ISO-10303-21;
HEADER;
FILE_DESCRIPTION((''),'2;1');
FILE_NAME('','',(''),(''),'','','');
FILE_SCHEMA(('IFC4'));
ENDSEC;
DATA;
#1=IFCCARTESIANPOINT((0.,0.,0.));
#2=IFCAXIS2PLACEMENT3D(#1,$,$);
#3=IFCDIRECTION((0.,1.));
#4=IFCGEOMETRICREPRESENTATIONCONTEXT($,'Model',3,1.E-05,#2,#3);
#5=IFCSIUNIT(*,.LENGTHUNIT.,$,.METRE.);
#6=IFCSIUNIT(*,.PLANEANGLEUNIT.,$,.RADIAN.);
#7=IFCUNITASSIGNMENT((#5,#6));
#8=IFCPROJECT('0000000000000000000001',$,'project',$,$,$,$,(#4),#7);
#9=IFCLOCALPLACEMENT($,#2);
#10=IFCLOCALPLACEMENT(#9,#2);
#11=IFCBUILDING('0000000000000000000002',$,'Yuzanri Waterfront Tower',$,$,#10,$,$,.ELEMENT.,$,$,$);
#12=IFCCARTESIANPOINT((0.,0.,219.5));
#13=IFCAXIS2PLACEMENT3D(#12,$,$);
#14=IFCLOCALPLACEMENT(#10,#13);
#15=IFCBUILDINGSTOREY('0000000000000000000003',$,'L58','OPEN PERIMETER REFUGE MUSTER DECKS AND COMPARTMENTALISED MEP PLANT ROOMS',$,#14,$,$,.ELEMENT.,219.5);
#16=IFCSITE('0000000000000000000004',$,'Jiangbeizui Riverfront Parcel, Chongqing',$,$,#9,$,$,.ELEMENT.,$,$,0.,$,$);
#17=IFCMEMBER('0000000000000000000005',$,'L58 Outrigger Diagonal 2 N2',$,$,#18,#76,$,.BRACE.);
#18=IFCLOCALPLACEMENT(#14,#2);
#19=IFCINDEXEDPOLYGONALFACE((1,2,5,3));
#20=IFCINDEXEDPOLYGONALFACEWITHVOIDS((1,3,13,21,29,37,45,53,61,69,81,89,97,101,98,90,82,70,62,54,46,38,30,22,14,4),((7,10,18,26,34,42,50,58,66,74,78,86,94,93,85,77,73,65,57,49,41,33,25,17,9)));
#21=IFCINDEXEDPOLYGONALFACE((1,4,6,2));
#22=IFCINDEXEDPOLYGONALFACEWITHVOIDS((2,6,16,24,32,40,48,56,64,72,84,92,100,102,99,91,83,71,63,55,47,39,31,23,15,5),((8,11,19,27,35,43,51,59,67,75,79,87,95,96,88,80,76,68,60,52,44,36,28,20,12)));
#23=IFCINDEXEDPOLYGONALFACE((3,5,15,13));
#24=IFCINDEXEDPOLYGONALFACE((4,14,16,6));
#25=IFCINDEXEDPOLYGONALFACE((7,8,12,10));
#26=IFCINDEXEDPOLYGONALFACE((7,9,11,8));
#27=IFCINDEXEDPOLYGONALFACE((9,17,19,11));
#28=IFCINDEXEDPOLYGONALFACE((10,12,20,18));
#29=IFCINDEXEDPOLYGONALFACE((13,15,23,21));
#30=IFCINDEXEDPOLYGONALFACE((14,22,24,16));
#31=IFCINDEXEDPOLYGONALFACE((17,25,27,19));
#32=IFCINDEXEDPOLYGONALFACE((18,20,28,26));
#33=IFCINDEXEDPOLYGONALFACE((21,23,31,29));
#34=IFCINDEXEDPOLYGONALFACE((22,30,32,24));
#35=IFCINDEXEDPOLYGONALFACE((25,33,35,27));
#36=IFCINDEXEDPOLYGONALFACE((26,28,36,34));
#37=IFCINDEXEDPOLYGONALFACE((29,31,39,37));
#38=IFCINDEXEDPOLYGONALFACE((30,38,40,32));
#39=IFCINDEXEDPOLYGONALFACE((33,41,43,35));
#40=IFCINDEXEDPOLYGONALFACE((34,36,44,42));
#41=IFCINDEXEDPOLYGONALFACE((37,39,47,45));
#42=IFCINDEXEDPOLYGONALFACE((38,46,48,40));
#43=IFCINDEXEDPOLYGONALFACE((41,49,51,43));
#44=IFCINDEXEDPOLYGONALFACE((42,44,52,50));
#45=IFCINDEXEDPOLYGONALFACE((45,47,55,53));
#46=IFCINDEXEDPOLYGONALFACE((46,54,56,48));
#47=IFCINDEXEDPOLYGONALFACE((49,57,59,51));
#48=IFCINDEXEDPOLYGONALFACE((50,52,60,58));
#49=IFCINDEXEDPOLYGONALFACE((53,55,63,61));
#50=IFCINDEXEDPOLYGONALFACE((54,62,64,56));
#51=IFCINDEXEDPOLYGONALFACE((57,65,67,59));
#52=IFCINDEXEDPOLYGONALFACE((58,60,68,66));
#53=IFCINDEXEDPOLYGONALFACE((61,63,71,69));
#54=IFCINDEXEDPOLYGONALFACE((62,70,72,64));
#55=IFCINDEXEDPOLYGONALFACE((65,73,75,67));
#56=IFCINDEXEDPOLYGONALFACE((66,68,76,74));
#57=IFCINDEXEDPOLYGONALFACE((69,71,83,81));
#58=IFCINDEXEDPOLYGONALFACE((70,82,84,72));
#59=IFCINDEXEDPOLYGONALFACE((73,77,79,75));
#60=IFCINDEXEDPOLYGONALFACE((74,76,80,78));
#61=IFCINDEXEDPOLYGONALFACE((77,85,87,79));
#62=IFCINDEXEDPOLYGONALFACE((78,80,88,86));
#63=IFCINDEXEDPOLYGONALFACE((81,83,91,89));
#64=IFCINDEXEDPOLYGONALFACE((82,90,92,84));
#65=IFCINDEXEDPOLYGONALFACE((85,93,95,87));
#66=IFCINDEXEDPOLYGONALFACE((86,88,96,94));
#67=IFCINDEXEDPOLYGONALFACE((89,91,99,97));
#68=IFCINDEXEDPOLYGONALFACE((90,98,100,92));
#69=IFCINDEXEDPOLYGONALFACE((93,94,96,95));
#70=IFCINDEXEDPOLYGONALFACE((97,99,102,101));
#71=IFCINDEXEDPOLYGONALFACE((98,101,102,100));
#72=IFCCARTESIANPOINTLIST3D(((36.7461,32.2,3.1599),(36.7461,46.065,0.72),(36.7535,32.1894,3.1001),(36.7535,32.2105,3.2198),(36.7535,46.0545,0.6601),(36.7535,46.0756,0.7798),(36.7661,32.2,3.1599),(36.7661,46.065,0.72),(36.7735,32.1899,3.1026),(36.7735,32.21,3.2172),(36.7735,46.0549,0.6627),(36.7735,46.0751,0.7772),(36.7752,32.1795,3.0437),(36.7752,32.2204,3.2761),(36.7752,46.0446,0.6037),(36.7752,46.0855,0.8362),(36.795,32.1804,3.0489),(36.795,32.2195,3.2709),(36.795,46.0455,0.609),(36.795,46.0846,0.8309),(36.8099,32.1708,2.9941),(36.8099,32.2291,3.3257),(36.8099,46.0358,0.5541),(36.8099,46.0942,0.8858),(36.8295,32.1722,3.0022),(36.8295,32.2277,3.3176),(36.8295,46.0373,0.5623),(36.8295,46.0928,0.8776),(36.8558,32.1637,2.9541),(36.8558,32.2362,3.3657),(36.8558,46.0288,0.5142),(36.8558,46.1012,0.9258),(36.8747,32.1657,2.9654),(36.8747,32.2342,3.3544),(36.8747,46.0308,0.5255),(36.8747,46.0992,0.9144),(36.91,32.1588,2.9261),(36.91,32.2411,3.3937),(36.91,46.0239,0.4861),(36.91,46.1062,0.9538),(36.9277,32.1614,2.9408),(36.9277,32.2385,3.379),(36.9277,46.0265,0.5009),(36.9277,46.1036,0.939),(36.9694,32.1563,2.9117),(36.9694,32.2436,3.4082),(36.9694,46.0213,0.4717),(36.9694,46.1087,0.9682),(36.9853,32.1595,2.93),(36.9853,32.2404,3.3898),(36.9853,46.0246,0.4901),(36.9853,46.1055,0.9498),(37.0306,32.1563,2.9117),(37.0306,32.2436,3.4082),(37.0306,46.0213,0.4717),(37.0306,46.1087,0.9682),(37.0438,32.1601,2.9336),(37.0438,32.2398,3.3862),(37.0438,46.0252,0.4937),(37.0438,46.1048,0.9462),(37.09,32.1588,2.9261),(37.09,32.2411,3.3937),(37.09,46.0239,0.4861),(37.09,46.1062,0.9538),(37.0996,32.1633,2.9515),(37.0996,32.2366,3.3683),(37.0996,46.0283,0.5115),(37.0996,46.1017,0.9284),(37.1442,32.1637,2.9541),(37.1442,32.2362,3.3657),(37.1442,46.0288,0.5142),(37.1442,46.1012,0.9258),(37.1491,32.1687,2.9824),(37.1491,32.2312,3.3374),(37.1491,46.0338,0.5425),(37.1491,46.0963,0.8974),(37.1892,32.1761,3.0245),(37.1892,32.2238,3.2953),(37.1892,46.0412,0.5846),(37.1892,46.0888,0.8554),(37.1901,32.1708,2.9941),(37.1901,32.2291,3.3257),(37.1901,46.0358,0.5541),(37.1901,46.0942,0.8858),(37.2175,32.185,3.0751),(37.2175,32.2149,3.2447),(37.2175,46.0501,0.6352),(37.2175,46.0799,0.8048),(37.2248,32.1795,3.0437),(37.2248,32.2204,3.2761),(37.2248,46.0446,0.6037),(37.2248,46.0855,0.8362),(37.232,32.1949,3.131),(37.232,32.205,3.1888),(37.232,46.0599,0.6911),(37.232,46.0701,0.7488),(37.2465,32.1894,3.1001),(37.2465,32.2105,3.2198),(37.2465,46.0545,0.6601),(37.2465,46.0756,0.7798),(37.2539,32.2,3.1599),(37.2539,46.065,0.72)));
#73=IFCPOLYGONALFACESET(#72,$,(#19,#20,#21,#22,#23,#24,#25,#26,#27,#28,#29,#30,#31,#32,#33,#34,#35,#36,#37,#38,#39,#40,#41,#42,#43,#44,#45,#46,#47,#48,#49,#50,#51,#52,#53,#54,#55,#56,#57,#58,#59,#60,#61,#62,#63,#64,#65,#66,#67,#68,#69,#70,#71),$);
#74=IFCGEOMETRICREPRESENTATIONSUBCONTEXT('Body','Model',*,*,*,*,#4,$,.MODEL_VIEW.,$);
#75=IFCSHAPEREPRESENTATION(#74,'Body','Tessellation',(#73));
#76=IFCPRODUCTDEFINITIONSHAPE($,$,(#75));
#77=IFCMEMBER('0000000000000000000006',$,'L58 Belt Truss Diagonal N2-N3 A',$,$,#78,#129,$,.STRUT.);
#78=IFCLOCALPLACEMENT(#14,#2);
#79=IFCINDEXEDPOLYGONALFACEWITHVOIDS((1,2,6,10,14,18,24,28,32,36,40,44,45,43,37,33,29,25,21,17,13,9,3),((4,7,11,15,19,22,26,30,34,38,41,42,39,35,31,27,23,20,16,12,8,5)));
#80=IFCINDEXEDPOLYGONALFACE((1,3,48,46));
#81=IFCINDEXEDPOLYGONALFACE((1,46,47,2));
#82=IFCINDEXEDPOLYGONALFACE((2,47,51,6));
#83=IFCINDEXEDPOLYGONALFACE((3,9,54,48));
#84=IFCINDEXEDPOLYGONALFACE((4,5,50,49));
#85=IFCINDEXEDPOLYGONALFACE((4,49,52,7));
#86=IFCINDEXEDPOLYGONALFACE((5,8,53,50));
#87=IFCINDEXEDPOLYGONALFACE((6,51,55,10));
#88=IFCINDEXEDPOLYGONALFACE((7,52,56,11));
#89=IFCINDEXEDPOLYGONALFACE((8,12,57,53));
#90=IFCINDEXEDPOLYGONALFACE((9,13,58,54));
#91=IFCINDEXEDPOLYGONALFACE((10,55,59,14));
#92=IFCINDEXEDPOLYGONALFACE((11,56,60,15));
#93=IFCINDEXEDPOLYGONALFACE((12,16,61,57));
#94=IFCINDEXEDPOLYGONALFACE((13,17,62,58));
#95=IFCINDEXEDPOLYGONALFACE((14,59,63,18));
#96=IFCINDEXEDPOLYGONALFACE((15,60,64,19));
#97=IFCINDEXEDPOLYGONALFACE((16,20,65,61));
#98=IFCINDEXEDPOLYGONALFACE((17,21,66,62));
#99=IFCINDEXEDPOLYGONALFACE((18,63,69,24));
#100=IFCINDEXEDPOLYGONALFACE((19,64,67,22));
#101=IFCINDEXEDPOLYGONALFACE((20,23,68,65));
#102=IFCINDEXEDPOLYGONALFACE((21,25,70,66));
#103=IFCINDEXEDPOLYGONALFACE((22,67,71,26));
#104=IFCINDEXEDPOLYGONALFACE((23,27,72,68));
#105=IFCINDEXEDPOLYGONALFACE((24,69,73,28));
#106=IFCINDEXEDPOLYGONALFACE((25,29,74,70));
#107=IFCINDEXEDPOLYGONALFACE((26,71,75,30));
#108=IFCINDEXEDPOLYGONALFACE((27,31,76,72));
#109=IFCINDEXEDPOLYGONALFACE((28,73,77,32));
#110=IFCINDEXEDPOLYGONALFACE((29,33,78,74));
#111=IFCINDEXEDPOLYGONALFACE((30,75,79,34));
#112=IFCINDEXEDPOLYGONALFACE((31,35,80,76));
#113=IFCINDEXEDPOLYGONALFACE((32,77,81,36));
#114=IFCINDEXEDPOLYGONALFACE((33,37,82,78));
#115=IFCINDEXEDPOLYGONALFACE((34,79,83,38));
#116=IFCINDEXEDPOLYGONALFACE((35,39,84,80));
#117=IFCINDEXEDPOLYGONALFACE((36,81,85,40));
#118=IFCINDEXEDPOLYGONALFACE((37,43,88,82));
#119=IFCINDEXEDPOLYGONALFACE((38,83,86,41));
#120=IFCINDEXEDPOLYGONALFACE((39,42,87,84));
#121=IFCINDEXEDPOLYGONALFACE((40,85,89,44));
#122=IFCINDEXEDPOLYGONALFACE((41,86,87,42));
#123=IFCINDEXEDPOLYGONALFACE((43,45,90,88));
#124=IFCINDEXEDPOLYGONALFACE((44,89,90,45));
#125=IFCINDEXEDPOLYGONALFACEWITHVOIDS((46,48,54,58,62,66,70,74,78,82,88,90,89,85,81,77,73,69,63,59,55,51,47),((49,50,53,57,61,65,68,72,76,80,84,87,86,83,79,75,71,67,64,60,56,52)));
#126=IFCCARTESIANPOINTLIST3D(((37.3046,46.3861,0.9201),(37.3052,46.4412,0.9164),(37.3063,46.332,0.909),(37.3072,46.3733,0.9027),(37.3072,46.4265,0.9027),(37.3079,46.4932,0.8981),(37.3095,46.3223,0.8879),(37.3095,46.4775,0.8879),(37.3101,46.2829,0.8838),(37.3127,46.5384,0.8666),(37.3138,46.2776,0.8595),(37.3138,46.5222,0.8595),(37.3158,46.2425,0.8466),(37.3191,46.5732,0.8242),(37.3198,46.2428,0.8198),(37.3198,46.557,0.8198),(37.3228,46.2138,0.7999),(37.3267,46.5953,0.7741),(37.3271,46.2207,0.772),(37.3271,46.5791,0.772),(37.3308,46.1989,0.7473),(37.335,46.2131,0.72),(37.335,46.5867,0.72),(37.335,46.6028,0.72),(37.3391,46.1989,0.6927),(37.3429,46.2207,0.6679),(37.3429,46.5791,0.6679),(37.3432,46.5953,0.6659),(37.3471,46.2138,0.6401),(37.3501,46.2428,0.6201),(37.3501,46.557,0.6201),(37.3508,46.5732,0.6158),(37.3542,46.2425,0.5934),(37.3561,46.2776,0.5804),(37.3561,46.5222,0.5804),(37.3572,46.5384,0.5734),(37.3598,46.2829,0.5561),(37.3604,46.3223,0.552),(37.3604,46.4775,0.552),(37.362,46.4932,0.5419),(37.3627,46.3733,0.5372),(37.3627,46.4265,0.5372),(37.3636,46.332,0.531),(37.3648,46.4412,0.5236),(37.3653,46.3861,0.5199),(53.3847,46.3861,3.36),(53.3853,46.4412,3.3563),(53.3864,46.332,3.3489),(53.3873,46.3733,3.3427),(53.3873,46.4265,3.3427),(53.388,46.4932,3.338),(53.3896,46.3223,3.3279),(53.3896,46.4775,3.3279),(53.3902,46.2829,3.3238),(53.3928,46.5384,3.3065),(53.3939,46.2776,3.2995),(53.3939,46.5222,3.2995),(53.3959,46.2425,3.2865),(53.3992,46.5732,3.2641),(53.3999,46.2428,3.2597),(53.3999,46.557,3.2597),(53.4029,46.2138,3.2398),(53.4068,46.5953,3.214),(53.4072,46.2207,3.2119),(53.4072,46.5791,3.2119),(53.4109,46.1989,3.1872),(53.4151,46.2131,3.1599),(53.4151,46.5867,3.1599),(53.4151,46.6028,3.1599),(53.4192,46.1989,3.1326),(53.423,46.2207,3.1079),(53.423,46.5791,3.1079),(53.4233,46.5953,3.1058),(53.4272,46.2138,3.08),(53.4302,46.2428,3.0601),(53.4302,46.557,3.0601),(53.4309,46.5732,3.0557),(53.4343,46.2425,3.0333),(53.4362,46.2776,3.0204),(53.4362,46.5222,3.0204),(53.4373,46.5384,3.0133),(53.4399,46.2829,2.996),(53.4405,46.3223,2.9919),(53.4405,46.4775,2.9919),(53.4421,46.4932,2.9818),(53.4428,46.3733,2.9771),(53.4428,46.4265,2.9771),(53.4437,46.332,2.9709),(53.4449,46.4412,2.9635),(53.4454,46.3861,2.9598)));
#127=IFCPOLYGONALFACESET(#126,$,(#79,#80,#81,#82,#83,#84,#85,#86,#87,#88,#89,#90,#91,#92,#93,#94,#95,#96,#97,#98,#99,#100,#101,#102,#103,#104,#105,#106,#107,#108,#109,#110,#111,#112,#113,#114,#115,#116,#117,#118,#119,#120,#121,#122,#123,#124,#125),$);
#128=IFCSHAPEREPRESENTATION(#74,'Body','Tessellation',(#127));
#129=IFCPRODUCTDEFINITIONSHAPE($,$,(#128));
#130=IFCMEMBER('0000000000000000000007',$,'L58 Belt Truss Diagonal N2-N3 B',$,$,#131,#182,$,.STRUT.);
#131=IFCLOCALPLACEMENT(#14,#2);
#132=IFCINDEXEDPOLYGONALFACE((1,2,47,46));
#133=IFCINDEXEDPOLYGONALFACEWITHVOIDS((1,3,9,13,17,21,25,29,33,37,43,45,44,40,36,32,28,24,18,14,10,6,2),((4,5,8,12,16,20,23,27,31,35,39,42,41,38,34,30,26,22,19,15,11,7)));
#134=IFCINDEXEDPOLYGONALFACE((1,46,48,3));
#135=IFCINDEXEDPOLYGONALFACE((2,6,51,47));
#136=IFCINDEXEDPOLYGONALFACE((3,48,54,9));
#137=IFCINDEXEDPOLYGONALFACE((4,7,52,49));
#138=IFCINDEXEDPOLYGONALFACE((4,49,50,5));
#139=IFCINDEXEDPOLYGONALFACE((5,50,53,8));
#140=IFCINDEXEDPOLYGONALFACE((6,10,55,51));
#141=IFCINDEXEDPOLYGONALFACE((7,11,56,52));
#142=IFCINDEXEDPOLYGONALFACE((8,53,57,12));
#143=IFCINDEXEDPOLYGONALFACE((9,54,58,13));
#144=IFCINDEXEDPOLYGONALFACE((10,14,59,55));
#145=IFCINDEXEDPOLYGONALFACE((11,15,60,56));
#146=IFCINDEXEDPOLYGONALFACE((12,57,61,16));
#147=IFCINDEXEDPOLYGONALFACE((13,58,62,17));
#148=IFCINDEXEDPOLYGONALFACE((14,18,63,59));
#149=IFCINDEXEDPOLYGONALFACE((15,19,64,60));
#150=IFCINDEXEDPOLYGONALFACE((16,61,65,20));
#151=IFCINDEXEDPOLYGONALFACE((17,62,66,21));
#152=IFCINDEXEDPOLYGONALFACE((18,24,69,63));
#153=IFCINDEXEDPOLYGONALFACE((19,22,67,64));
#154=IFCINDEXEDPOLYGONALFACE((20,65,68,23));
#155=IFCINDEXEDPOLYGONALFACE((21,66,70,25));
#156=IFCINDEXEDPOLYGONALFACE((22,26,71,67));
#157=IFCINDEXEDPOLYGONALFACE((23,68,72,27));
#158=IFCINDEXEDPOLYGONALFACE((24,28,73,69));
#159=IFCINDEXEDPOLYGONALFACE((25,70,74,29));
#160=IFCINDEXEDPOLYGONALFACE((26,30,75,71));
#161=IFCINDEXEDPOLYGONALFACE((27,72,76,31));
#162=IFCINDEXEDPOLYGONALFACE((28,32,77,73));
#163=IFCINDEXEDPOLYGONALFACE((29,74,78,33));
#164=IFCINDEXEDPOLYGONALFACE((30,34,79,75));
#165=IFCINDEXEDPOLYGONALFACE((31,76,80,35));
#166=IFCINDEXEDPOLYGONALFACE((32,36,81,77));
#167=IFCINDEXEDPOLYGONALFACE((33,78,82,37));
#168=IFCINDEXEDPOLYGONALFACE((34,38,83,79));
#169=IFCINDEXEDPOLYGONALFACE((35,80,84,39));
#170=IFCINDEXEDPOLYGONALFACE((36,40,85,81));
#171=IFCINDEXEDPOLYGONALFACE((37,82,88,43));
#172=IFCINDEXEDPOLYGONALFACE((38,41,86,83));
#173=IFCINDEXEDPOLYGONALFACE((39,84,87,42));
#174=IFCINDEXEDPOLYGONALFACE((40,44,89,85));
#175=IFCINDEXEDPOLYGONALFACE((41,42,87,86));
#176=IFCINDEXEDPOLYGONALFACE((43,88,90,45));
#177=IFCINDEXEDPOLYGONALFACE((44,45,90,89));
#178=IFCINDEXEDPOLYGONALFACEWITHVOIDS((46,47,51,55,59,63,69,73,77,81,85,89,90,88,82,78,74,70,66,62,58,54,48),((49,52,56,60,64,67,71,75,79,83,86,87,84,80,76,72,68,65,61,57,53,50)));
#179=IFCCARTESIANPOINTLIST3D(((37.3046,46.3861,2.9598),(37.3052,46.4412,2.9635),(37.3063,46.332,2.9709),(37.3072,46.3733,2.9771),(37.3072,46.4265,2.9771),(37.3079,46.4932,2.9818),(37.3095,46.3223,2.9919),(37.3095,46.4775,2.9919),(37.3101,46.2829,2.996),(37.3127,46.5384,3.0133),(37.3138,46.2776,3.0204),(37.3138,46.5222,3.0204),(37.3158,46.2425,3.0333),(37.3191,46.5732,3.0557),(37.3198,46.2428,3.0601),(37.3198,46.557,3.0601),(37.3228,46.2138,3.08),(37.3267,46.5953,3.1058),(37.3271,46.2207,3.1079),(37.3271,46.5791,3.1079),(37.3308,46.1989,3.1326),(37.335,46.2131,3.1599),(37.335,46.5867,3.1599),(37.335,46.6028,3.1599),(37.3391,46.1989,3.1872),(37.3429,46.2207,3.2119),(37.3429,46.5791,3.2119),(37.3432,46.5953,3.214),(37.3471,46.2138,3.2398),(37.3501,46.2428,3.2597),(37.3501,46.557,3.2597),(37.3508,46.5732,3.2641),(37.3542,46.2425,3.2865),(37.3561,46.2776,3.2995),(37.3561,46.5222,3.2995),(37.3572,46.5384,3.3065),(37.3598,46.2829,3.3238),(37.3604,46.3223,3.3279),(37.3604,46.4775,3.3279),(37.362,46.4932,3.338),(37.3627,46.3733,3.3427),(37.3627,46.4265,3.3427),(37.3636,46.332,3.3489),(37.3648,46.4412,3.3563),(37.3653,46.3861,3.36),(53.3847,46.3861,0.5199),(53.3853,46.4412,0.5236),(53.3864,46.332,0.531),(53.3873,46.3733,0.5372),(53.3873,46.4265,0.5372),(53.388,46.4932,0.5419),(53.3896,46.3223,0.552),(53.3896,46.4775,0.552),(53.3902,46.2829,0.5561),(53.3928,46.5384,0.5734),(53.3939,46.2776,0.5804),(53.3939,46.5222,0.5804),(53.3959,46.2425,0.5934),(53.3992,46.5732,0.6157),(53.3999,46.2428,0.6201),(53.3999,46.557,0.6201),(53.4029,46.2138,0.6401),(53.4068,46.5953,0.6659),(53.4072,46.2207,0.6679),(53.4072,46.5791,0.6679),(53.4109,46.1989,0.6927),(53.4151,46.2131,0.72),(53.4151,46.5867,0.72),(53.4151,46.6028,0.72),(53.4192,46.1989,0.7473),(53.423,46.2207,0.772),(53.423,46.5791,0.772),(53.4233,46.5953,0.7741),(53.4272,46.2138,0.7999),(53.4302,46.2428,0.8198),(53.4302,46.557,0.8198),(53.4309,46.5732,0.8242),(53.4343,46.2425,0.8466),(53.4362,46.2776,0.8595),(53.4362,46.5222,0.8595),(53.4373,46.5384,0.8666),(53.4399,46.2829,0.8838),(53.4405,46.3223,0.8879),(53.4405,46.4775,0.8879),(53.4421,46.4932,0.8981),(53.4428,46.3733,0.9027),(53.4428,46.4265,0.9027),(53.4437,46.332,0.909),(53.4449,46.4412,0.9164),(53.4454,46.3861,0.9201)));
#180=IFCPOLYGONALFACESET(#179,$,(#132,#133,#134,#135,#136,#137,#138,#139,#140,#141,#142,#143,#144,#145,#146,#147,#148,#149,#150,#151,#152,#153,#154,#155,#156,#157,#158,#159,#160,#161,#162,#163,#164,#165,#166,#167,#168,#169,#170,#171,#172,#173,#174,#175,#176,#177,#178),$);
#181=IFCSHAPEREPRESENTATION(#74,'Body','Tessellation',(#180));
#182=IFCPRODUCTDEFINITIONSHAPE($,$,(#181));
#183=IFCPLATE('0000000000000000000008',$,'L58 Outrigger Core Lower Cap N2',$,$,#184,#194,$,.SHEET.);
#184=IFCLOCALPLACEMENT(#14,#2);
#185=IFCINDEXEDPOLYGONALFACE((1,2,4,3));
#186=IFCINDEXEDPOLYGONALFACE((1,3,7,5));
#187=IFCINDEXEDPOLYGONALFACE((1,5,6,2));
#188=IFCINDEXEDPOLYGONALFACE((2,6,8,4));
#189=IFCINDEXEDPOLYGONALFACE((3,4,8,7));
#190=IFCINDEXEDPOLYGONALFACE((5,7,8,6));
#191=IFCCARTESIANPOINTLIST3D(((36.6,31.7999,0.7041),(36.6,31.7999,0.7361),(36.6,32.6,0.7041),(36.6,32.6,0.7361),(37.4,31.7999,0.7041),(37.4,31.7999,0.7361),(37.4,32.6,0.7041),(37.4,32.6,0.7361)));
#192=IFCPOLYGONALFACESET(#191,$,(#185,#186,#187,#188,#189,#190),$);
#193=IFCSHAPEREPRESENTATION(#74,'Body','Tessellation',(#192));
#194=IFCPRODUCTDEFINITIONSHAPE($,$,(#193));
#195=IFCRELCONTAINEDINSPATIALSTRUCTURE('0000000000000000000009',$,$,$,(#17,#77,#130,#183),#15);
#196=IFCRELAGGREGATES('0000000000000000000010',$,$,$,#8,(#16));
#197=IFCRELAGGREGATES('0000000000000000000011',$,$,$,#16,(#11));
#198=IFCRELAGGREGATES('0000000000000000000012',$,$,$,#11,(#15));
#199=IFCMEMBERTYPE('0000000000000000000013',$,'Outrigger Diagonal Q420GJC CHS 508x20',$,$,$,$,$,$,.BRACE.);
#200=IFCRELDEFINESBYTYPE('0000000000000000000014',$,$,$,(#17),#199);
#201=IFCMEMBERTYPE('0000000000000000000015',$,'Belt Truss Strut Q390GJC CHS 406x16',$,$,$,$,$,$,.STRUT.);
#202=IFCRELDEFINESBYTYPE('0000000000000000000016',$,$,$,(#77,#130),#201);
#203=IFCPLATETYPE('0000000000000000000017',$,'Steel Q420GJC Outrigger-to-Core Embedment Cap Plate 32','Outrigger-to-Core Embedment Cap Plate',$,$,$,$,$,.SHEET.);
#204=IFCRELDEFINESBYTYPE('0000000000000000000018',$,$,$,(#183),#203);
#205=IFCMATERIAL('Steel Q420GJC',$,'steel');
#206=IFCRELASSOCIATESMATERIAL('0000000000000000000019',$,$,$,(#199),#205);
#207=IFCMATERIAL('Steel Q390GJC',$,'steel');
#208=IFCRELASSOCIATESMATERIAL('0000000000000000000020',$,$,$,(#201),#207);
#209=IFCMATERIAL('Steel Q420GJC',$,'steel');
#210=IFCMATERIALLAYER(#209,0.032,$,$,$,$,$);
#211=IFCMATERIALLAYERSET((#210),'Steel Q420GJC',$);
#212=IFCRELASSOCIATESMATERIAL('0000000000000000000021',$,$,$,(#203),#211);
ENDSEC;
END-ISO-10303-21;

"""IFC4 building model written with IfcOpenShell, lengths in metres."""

from ifc_helpers import new_model, si_unit, direction, frame, origin, origin_2d, place, context, subcontext, project, spatial, rectangle, hollow_circle, extrude, source, transform, mapped, material, layer, layer_set, material_profile, profile_set, type_object, element, save


model = new_model("IFC4")

# Units and contexts
model_context = context("Model", 3, precision=1e-05, world=origin(), true_north=direction((0.0, 1.0)))
body_context = subcontext(model_context, "Body", "Model", "MODEL_VIEW")
ifc_project = project(units=[si_unit("LENGTHUNIT", "METRE"), si_unit("PLANEANGLEUNIT", "RADIAN")], contexts=[model_context])

# Site, building, storey
site_placement = place(None, origin())
site = spatial("IfcSite", under=ifc_project, at=site_placement, Name="Jiangbeizui Riverfront Parcel, Chongqing", CompositionType="ELEMENT", RefElevation=0.0)
building_placement = place(site_placement, origin())
building = spatial("IfcBuilding", under=site, at=building_placement, Name="Yuzanri Waterfront Tower", CompositionType="ELEMENT")
storey_placement = place(building_placement, frame((0.0, 0.0, 219.5)))
storey = spatial("IfcBuildingStorey", under=building, at=storey_placement, Name="L58", Description="OPEN PERIMETER REFUGE MUSTER DECKS AND COMPARTMENTALISED MEP PLANT ROOMS", CompositionType="ELEMENT", Elevation=219.5)

# Members
ifc_material_1 = material(Name="Steel Q420GJC", Category="steel")
ifc_material_profile_1 = material_profile(ifc_material_1, hollow_circle(Radius=0.2539, WallThickness=0.02, at=origin_2d()), Name="CHS 508x20")
ifc_profile_set_1 = profile_set([ifc_material_profile_1], Name="Steel Q420GJC")
member_type_1 = type_object("IfcMemberType", Name="Outrigger Diagonal Q420GJC CHS 508x20", PredefinedType="BRACE", material=ifc_profile_set_1)
shared_shape_1 = source(origin(), body_context, "Body", "SweptSolid", [
    extrude(hollow_circle(Radius=0.2539, WallThickness=0.02, at=origin_2d()), origin(), (0.0, 0.0, 1.0), 14.0781),
])
for number, where, z_axis, x_axis, name in (
    (1, (37.0, 32.2, 3.1599), (0.0, 0.984866, -0.173315), (-1.0, 0.0, 0.0), "L58 Outrigger Diagonal 2 N2"),
):
    element("IfcMember", number, at=place(storey_placement, frame(where, z_axis=z_axis, x_axis=x_axis)), inside=storey, type_object=member_type_1, Name=name, PredefinedType="BRACE", context=body_context, shape_type="MappedRepresentation", body=[
        mapped(shared_shape_1, transform((0.0, 0.0, 0.0), scale=1.0)),
    ])
ifc_material_2 = material(Name="Steel Q390GJC", Category="steel")
ifc_material_profile_2 = material_profile(ifc_material_2, hollow_circle(Radius=0.2029, WallThickness=0.0161, at=origin_2d()), Name="CHS 406x16")
ifc_profile_set_2 = profile_set([ifc_material_profile_2], Name="Steel Q390GJC")
member_type_2 = type_object("IfcMemberType", Name="Belt Truss Strut Q390GJC CHS 406x16", PredefinedType="STRUT", material=ifc_profile_set_2)
shared_shape_2 = source(origin(), body_context, "Body", "SweptSolid", [
    extrude(hollow_circle(Radius=0.2029, WallThickness=0.0161, at=origin_2d()), origin(), (0.0, 0.0, 1.0), 16.2642),
])
for number, where, z_axis, x_axis, name in (
    (2, (37.335, 46.3999, 0.72), (0.988683, 0.0, 0.15002), (0.0, 1.0, 0.0), "L58 Belt Truss Diagonal N2-N3 A"),
    (3, (37.335, 46.3999, 3.1599), (0.988683, 0.0, -0.15002), (0.0, 1.0, 0.0), "L58 Belt Truss Diagonal N2-N3 B"),
):
    element("IfcMember", number, at=place(storey_placement, frame(where, z_axis=z_axis, x_axis=x_axis)), inside=storey, type_object=member_type_2, Name=name, PredefinedType="STRUT", context=body_context, shape_type="MappedRepresentation", body=[
        mapped(shared_shape_2, transform((0.0, 0.0, 0.0), scale=1.0)),
    ])

# Plate
ifc_material_3 = material(Name="Steel Q420GJC", Category="steel")
ifc_layer_1 = layer(ifc_material_3, 0.032)
ifc_layer_set_1 = layer_set([ifc_layer_1], Name="Steel Q420GJC")
plate_type = type_object("IfcPlateType", Name="Steel Q420GJC Outrigger-to-Core Embedment Cap Plate 32", Description="Outrigger-to-Core Embedment Cap Plate", PredefinedType="SHEET", material=ifc_layer_set_1)
shared_shape_3 = source(origin(), body_context, "Body", "SweptSolid", [
    extrude(rectangle(XDim=0.8, YDim=0.8, at=origin_2d()), origin(), (0.0, 0.0, 1.0), 0.032),
])
for number, where, z_axis, x_axis, name in (
    (4, (37.0, 32.2, 0.7041), (0.0, 0.0, 1.0), (1.0, 0.0, 0.0), "L58 Outrigger Core Lower Cap N2"),
):
    element("IfcPlate", number, at=place(storey_placement, frame(where, z_axis=z_axis, x_axis=x_axis)), inside=storey, type_object=plate_type, Name=name, PredefinedType="SHEET", context=body_context, shape_type="MappedRepresentation", body=[
        mapped(shared_shape_3, transform((0.0, 0.0, 0.0), scale=1.0)),
    ])

save(model, "model.ifc")
